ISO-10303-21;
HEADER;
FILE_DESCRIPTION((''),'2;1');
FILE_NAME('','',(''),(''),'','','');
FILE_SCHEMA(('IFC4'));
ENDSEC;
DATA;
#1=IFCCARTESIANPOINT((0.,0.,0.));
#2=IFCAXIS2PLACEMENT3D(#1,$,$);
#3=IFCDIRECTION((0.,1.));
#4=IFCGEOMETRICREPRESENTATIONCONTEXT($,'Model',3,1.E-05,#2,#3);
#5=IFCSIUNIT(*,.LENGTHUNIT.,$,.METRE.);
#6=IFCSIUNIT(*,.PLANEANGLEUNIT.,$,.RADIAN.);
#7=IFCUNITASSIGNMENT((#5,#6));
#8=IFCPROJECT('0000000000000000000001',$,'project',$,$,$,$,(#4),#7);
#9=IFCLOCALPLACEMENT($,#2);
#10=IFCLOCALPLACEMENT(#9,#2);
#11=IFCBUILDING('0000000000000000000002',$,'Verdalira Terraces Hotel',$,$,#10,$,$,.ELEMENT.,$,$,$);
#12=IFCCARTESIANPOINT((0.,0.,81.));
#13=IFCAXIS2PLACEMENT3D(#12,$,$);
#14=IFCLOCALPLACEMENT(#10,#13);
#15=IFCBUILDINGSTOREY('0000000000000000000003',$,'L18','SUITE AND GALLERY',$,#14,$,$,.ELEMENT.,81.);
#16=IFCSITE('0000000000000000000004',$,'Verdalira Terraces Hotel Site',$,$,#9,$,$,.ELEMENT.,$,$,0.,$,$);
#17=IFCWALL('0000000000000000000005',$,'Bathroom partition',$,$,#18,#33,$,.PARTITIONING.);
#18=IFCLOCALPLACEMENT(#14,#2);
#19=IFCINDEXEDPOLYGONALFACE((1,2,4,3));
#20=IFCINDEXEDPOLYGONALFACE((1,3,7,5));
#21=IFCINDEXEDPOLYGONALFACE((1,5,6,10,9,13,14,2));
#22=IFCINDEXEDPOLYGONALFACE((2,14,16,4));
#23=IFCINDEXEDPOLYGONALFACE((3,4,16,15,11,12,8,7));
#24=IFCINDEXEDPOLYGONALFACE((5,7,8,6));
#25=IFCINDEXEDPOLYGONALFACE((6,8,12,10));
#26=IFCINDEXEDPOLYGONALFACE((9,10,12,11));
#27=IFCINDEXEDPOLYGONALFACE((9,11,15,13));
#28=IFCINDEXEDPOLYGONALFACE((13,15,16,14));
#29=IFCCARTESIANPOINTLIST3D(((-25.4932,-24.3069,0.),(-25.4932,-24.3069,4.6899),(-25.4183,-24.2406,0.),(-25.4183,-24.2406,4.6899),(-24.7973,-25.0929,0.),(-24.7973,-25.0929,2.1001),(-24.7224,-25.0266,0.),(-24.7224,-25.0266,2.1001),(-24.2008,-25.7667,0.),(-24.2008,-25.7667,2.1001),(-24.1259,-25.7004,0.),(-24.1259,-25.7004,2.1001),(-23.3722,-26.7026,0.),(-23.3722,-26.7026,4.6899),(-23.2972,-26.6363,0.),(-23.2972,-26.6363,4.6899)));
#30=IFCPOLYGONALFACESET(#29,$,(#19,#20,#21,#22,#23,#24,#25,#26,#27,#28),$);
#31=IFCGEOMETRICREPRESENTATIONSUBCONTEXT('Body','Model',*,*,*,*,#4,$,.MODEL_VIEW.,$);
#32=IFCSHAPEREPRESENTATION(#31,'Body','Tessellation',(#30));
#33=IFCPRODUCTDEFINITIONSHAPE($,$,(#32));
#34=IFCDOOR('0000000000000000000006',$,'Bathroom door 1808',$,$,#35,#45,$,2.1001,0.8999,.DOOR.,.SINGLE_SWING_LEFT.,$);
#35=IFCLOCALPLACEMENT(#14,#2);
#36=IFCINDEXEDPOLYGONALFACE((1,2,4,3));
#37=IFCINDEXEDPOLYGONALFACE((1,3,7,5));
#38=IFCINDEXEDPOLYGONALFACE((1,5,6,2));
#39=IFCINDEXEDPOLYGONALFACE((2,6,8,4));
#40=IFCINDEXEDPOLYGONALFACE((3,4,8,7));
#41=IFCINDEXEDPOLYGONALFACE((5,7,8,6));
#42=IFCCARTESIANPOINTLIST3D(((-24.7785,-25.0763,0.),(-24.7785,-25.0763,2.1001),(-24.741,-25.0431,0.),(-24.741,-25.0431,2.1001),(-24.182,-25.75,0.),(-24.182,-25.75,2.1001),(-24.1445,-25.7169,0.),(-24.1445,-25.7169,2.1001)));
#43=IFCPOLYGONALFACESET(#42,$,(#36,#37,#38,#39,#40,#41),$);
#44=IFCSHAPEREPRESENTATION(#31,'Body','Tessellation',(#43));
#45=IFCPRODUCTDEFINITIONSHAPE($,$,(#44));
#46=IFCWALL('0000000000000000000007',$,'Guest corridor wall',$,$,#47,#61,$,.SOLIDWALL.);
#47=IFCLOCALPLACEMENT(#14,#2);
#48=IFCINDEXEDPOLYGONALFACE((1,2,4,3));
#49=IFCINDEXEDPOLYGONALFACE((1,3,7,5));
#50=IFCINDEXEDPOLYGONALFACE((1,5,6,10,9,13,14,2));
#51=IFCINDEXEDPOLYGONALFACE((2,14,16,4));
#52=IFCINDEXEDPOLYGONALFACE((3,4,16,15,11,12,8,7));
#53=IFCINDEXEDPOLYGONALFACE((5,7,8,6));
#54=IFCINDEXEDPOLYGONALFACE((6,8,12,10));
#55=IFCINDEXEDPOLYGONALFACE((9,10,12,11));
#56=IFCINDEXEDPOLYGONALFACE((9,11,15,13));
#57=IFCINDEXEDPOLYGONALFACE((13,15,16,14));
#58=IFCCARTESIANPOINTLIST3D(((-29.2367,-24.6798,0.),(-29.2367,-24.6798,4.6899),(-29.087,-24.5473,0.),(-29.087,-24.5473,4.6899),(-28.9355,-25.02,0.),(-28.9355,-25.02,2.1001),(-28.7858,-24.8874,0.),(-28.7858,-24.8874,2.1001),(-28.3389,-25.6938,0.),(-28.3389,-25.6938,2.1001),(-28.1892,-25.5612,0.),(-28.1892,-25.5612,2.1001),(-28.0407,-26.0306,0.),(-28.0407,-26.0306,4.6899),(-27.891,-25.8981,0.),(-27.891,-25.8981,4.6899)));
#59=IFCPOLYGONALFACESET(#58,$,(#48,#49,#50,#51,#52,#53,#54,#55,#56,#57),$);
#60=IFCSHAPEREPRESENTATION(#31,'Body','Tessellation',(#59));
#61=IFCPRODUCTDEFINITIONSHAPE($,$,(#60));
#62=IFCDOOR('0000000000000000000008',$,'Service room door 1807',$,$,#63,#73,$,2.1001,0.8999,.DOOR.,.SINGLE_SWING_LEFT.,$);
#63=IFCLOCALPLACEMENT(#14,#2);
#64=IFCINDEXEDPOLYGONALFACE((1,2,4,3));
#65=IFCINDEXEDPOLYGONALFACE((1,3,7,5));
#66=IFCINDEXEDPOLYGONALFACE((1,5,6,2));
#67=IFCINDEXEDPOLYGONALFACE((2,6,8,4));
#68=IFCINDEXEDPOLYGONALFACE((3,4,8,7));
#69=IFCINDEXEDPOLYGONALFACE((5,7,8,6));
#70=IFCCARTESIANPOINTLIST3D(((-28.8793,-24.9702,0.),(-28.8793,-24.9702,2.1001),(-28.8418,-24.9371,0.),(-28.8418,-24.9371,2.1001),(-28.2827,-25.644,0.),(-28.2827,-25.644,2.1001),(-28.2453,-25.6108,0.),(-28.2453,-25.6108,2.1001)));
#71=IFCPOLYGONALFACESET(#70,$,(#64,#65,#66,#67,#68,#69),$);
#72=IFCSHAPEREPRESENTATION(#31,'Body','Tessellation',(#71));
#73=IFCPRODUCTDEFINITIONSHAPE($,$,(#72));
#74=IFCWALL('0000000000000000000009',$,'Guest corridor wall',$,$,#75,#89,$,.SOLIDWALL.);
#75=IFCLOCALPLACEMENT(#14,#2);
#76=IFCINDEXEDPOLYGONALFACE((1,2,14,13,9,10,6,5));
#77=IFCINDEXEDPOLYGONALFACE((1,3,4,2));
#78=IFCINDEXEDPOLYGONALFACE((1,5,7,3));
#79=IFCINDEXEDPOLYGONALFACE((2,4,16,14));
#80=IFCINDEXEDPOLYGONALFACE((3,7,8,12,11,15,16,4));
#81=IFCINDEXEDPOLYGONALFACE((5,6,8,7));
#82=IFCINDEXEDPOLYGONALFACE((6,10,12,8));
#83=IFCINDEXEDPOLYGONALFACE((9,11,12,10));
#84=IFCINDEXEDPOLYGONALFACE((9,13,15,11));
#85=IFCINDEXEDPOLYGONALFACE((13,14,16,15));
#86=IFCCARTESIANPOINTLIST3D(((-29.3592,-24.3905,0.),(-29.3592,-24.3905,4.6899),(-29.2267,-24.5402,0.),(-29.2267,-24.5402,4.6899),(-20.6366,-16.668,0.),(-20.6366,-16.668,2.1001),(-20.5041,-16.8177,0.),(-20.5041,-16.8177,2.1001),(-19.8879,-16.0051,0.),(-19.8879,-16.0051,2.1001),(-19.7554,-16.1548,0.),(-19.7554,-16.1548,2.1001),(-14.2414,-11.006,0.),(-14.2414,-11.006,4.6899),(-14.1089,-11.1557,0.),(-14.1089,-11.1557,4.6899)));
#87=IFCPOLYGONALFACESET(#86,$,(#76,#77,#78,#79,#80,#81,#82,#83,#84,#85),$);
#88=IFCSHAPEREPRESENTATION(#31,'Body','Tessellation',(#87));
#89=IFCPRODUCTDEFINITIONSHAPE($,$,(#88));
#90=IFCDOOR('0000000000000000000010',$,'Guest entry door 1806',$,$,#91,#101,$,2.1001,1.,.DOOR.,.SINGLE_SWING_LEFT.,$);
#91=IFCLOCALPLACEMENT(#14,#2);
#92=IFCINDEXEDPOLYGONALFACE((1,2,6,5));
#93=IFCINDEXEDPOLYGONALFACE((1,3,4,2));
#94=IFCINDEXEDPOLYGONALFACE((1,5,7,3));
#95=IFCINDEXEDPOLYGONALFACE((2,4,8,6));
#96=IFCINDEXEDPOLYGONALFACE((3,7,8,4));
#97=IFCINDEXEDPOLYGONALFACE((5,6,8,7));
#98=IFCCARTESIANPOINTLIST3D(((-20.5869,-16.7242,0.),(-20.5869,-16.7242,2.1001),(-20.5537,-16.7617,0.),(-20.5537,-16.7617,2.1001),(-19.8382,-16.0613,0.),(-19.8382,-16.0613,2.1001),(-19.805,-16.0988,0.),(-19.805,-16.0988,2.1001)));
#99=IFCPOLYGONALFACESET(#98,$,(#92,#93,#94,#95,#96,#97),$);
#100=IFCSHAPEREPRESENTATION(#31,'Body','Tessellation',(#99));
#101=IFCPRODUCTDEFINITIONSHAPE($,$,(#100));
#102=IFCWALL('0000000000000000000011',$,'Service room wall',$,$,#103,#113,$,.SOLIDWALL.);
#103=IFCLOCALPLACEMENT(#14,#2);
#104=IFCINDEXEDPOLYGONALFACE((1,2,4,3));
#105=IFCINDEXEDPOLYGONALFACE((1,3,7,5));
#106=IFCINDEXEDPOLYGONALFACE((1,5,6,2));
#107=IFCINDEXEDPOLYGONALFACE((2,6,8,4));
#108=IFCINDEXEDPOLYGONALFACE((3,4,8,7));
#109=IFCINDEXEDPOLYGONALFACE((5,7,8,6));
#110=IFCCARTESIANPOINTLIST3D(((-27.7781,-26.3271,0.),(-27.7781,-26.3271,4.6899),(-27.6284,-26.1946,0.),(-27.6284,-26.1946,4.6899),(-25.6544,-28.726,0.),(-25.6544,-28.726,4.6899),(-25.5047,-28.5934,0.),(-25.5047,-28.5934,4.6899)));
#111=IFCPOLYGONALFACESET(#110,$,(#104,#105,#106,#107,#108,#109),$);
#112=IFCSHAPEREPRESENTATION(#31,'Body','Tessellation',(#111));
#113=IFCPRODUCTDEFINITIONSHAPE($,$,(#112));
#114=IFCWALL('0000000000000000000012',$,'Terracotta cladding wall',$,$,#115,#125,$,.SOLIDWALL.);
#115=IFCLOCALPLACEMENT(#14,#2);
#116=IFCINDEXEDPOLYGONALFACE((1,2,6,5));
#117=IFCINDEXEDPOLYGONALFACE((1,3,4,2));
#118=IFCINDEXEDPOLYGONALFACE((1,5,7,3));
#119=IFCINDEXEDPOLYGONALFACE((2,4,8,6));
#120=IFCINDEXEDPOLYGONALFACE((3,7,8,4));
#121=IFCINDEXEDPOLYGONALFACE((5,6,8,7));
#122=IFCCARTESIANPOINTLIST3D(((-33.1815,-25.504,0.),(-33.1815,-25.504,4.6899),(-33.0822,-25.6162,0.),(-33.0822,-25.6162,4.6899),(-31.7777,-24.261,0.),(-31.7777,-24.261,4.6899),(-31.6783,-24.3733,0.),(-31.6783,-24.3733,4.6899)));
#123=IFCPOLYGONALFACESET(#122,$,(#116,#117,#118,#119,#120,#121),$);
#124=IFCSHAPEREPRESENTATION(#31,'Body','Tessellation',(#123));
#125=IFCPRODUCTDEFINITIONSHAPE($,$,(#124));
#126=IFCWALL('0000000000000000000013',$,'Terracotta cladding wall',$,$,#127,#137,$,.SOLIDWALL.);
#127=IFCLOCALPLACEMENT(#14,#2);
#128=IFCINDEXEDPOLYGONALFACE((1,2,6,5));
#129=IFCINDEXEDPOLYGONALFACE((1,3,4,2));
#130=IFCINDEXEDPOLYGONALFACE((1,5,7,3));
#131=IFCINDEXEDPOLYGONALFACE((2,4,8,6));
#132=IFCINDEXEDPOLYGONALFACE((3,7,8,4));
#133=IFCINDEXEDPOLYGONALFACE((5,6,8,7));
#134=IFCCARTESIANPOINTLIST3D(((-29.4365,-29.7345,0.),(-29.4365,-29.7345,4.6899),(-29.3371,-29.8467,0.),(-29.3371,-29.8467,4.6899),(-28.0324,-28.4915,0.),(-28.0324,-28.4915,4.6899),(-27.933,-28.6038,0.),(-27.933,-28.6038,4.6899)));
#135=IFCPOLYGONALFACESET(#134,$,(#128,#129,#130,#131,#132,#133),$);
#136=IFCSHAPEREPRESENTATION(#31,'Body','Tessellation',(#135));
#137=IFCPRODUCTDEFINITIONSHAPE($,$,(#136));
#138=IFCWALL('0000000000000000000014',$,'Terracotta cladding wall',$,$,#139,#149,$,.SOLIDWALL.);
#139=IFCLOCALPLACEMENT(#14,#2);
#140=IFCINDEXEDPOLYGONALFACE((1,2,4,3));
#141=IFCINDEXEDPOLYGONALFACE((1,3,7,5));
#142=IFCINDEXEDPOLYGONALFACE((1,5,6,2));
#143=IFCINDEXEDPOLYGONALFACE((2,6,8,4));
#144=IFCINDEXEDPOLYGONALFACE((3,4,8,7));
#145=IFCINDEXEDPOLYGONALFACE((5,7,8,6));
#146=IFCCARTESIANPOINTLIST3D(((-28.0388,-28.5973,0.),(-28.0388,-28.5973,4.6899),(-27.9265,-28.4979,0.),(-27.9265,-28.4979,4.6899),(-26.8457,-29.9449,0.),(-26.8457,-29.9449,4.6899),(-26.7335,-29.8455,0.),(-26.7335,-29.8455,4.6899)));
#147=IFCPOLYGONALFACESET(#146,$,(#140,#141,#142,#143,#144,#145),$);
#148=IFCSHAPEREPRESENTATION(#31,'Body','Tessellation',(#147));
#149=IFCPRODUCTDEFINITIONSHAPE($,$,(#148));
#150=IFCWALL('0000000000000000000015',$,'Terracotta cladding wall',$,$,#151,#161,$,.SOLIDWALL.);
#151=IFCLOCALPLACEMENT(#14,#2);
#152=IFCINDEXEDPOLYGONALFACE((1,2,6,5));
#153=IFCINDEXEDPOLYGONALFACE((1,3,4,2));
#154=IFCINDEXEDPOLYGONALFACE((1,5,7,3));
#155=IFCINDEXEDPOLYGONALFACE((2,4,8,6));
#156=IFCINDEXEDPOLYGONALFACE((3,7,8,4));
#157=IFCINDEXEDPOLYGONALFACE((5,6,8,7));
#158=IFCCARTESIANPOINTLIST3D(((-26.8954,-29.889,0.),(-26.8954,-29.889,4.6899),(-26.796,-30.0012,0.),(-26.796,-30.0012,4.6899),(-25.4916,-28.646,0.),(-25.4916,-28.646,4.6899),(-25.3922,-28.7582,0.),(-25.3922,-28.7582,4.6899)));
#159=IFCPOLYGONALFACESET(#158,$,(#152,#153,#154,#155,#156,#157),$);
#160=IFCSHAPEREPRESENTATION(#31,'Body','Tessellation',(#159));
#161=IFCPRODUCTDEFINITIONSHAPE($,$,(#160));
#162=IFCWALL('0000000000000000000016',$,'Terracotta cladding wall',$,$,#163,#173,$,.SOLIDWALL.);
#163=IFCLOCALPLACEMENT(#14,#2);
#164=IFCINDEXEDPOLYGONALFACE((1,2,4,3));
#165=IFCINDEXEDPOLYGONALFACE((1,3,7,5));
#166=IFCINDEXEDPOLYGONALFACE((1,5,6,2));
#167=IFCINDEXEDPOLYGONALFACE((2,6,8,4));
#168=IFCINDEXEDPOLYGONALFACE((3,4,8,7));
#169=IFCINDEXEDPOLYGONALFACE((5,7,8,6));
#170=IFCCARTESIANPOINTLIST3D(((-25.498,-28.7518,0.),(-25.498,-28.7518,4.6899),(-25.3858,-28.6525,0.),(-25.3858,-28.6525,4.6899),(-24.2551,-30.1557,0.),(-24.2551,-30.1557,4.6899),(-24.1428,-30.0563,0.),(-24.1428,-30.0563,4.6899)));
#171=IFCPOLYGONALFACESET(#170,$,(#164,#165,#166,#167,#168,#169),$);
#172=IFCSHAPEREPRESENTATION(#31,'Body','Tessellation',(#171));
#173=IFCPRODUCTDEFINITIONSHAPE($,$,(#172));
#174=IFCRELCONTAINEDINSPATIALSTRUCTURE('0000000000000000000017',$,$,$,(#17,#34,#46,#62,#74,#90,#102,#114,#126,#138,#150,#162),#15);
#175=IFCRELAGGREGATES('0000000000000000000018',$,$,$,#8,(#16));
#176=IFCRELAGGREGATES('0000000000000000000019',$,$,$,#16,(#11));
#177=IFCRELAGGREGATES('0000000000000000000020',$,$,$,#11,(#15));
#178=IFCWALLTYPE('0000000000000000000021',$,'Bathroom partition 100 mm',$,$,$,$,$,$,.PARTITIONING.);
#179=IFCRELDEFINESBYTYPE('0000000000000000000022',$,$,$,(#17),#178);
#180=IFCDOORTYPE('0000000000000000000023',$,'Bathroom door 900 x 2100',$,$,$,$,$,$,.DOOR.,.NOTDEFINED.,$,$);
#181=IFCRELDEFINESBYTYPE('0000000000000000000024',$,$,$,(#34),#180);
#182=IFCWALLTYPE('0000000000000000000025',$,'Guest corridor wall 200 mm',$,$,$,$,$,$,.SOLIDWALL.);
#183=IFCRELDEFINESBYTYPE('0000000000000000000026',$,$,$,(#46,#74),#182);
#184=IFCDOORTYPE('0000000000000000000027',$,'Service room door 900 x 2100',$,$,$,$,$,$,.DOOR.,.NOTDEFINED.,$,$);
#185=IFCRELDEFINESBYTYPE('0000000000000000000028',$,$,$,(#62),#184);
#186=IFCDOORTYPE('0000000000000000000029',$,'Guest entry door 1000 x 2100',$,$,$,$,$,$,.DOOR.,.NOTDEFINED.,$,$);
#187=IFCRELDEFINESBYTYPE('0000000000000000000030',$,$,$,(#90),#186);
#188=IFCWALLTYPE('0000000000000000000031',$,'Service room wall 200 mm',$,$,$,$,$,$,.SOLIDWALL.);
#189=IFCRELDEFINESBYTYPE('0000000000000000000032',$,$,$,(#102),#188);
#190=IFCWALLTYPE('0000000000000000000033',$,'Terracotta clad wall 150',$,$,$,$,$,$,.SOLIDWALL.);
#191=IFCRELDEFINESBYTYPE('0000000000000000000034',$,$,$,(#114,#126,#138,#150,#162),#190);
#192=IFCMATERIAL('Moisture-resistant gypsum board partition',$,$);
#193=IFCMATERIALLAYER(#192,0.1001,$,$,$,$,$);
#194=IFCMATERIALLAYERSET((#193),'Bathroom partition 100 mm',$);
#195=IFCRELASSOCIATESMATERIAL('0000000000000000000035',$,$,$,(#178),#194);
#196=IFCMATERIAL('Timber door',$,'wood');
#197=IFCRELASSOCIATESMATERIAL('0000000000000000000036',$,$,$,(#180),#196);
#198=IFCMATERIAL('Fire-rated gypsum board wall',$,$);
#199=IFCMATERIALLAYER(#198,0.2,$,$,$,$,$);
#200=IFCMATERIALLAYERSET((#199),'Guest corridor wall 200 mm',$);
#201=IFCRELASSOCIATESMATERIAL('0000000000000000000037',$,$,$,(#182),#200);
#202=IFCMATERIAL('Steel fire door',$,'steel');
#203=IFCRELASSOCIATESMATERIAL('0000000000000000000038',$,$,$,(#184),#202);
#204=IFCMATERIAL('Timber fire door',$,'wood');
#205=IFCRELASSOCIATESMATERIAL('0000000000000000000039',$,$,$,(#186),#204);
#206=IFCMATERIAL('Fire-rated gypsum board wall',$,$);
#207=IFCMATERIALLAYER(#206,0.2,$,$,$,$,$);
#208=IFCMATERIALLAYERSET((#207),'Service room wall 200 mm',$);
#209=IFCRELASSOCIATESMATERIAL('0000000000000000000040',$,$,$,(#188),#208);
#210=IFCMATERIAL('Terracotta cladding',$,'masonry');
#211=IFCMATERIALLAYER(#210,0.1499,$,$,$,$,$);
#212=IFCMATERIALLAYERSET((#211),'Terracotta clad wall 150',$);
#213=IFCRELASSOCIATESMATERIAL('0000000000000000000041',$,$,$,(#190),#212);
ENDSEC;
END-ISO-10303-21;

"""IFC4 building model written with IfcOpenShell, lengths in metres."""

from ifc_helpers import new_model, si_unit, direction, frame, frame_2d, origin, place, context, subcontext, project, spatial, rectangle, extrude, material, layer, layer_set, type_object, element, fill, save


model = new_model("IFC4")

# Units and contexts
model_context = context("Model", 3, precision=1e-05, world=origin(), true_north=direction((0.0, 1.0)))
body_context = subcontext(model_context, "Body", "Model", "MODEL_VIEW")
ifc_project = project(units=[si_unit("LENGTHUNIT", "METRE"), si_unit("PLANEANGLEUNIT", "RADIAN")], contexts=[model_context])

# Site, building, storey
site_placement = place(None, origin())
site = spatial("IfcSite", under=ifc_project, at=site_placement, Name="Verdalira Terraces Hotel Site", CompositionType="ELEMENT", RefElevation=0.0)
building_placement = place(site_placement, origin())
building = spatial("IfcBuilding", under=site, at=building_placement, Name="Verdalira Terraces Hotel", CompositionType="ELEMENT")
storey_placement = place(building_placement, frame((0.0, 0.0, 81.0)))
storey = spatial("IfcBuildingStorey", under=building, at=storey_placement, Name="L18", Description="SUITE AND GALLERY", CompositionType="ELEMENT", Elevation=81.0)

# Shared definitions
ifc_material_1 = material(Name="Moisture-resistant gypsum board partition")
ifc_layer_1 = layer(ifc_material_1, 0.1001)
ifc_layer_set_1 = layer_set([ifc_layer_1], Name="Bathroom partition 100 mm")
wall_type_1 = type_object("IfcWallType", Name="Bathroom partition 100 mm", PredefinedType="PARTITIONING", material=ifc_layer_set_1)

# Walls, openings, doors
wall_1_placement = place(storey_placement, frame((-23.3347, -26.6694, 0.0), z_axis=(0.0, 0.0, 1.0), x_axis=(-0.662885, 0.748721, 0.0)))
wall_1 = element("IfcWall", 1, at=wall_1_placement, inside=storey, type_object=wall_type_1, Name="Bathroom partition", PredefinedType="PARTITIONING", context=body_context, shape_type="SweptSolid", body=[
    extrude(rectangle(XDim=3.1997, YDim=0.1001, at=frame_2d((1.5999, 0.0))), origin(), (0.0, 0.0, 1.0), 4.6899),
])
opening_1_placement = place(wall_1_placement, frame((1.25, 0.0, 0.0)))
opening_1 = element("IfcOpeningElement", 2, at=opening_1_placement, cuts=wall_1, PredefinedType="OPENING", context=body_context, shape_type="SweptSolid", body=[
    extrude(rectangle(XDim=0.8999, YDim=2.1001, at=frame_2d((0.45, 1.05))), frame((0.0, 0.0601, 0.0), z_axis=(0.0, -1.0, 0.0), x_axis=(1.0, 0.0, 0.0)), (0.0, 0.0, 1.0), 0.1201),
])
ifc_material_2 = material(Name="Timber door", Category="wood")
door_type_1 = type_object("IfcDoorType", Name="Bathroom door 900 x 2100", OperationType="NOTDEFINED", PredefinedType="DOOR", material=ifc_material_2)
door_1_placement = place(opening_1_placement, origin())
door_1 = element("IfcDoor", 3, at=door_1_placement, inside=storey, type_object=door_type_1, Name="Bathroom door 1808", OperationType="SINGLE_SWING_LEFT", OverallHeight=2.1001, OverallWidth=0.8999, PredefinedType="DOOR", context=body_context, shape_type="SweptSolid", body=[
    extrude(rectangle(XDim=0.8999, YDim=2.1001, at=frame_2d((0.45, 1.05))), frame((0.0, 0.0249, 0.0), z_axis=(0.0, -1.0, 0.0), x_axis=(1.0, 0.0, 0.0)), (0.0, 0.0, 1.0), 0.05),
])
fill(opening_1, door_1)
ifc_material_3 = material(Name="Fire-rated gypsum board wall")
ifc_layer_2 = layer(ifc_material_3, 0.2)
ifc_layer_set_2 = layer_set([ifc_layer_2], Name="Guest corridor wall 200 mm")
wall_type_2 = type_object("IfcWallType", Name="Guest corridor wall 200 mm", PredefinedType="SOLIDWALL", material=ifc_layer_set_2)
wall_2_placement = place(storey_placement, frame((-27.9658, -25.9644, 0.0), z_axis=(0.0, 0.0, 1.0), x_axis=(-0.66291, 0.748699, 0.0)))
wall_2 = element("IfcWall", 4, at=wall_2_placement, inside=storey, type_object=wall_type_2, Name="Guest corridor wall", PredefinedType="SOLIDWALL", context=body_context, shape_type="SweptSolid", body=[
    extrude(rectangle(XDim=1.8042, YDim=0.2, at=frame_2d((0.9021, 0.0))), origin(), (0.0, 0.0, 1.0), 4.6899),
])
opening_2_placement = place(wall_2_placement, frame((0.45, 0.0, 0.0)))
opening_2 = element("IfcOpeningElement", 5, at=opening_2_placement, cuts=wall_2, PredefinedType="OPENING", context=body_context, shape_type="SweptSolid", body=[
    extrude(rectangle(XDim=0.8999, YDim=2.1001, at=frame_2d((0.45, 1.05))), frame((0.0, 0.1099, 0.0), z_axis=(0.0, -1.0, 0.0), x_axis=(1.0, 0.0, 0.0)), (0.0, 0.0, 1.0), 0.22),
])
ifc_material_4 = material(Name="Steel fire door", Category="steel")
door_type_2 = type_object("IfcDoorType", Name="Service room door 900 x 2100", OperationType="NOTDEFINED", PredefinedType="DOOR", material=ifc_material_4)
door_2_placement = place(opening_2_placement, origin())
door_2 = element("IfcDoor", 6, at=door_2_placement, inside=storey, type_object=door_type_2, Name="Service room door 1807", OperationType="SINGLE_SWING_LEFT", OverallHeight=2.1001, OverallWidth=0.8999, PredefinedType="DOOR", context=body_context, shape_type="SweptSolid", body=[
    extrude(rectangle(XDim=0.8999, YDim=2.1001, at=frame_2d((0.45, 1.05))), frame((0.0, 0.0249, 0.0), z_axis=(0.0, -1.0, 0.0), x_axis=(1.0, 0.0, 0.0)), (0.0, 0.0, 1.0), 0.05),
])
fill(opening_2, door_2)
wall_3_placement = place(storey_placement, frame((-29.293, -24.4653, 0.0), z_axis=(0.0, 0.0, 1.0), x_axis=(0.748727, 0.662879, 0.0)))
wall_3 = element("IfcWall", 7, at=wall_3_placement, inside=storey, type_object=wall_type_2, Name="Guest corridor wall", PredefinedType="SOLIDWALL", context=body_context, shape_type="SweptSolid", body=[
    extrude(rectangle(XDim=20.1914, YDim=0.2, at=frame_2d((10.0957, 0.0))), origin(), (0.0, 0.0, 1.0), 4.6899),
])
opening_3_placement = place(wall_3_placement, frame((11.6499, 0.0, 0.0)))
opening_3 = element("IfcOpeningElement", 8, at=opening_3_placement, cuts=wall_3, PredefinedType="OPENING", context=body_context, shape_type="SweptSolid", body=[
    extrude(rectangle(XDim=1.0, YDim=2.1001, at=frame_2d((0.5, 1.05))), frame((0.0, 0.1099, 0.0), z_axis=(0.0, -1.0, 0.0), x_axis=(1.0, 0.0, 0.0)), (0.0, 0.0, 1.0), 0.22),
])
ifc_material_5 = material(Name="Timber fire door", Category="wood")
door_type_3 = type_object("IfcDoorType", Name="Guest entry door 1000 x 2100", OperationType="NOTDEFINED", PredefinedType="DOOR", material=ifc_material_5)
door_3_placement = place(opening_3_placement, origin())
door_3 = element("IfcDoor", 9, at=door_3_placement, inside=storey, type_object=door_type_3, Name="Guest entry door 1806", OperationType="SINGLE_SWING_LEFT", OverallHeight=2.1001, OverallWidth=1.0, PredefinedType="DOOR", context=body_context, shape_type="SweptSolid", body=[
    extrude(rectangle(XDim=1.0, YDim=2.1001, at=frame_2d((0.5, 1.05))), frame((0.0, 0.0249, 0.0), z_axis=(0.0, -1.0, 0.0), x_axis=(1.0, 0.0, 0.0)), (0.0, 0.0, 1.0), 0.05),
])
fill(opening_3, door_3)

# Walls
ifc_material_6 = material(Name="Fire-rated gypsum board wall")
ifc_layer_3 = layer(ifc_material_6, 0.2)
ifc_layer_set_3 = layer_set([ifc_layer_3], Name="Service room wall 200 mm")
wall_type_3 = type_object("IfcWallType", Name="Service room wall 200 mm", PredefinedType="SOLIDWALL", material=ifc_layer_set_3)
wall_4_placement = place(storey_placement, frame((-27.7034, -26.2607, 0.0), z_axis=(0.0, 0.0, 1.0), x_axis=(0.662863, -0.748741, 0.0)))
element("IfcWall", 10, at=wall_4_placement, inside=storey, type_object=wall_type_3, Name="Service room wall", PredefinedType="SOLIDWALL", context=body_context, shape_type="SweptSolid", body=[
    extrude(rectangle(XDim=3.2039, YDim=0.2, at=frame_2d((1.6021, 0.0))), origin(), (0.0, 0.0, 1.0), 4.6899),
])
ifc_material_7 = material(Name="Terracotta cladding", Category="masonry")
ifc_layer_4 = layer(ifc_material_7, 0.1499)
ifc_layer_set_4 = layer_set([ifc_layer_4], Name="Terracotta clad wall 150")
wall_type_4 = type_object("IfcWallType", Name="Terracotta clad wall 150", PredefinedType="SOLIDWALL", material=ifc_layer_set_4)
wall_5_placement = place(storey_placement, frame((-31.728, -24.3171, 0.0), z_axis=(0.0, 0.0, 1.0), x_axis=(-0.748708, -0.6629, 0.0)))
element("IfcWall", 11, at=wall_5_placement, inside=storey, type_object=wall_type_4, Name="Terracotta cladding wall", PredefinedType="SOLIDWALL", context=body_context, shape_type="SweptSolid", body=[
    extrude(rectangle(XDim=1.875, YDim=0.1499, at=frame_2d((0.9375, 0.0))), origin(), (0.0, 0.0, 1.0), 4.6899),
])
wall_6_placement = place(storey_placement, frame((-29.3867, -29.7905, 0.0), z_axis=(0.0, 0.0, 1.0), x_axis=(0.748765, 0.662835, 0.0)))
element("IfcWall", 12, at=wall_6_placement, inside=storey, type_object=wall_type_4, Name="Terracotta cladding wall", PredefinedType="SOLIDWALL", context=body_context, shape_type="SweptSolid", body=[
    extrude(rectangle(XDim=1.8752, YDim=0.1499, at=frame_2d((0.9375, 0.0))), origin(), (0.0, 0.0, 1.0), 4.6899),
])
wall_7_placement = place(storey_placement, frame((-27.9827, -28.5476, 0.0), z_axis=(0.0, 0.0, 1.0), x_axis=(0.662872, -0.748732, 0.0)))
element("IfcWall", 13, at=wall_7_placement, inside=storey, type_object=wall_type_4, Name="Terracotta cladding wall", PredefinedType="SOLIDWALL", context=body_context, shape_type="SweptSolid", body=[
    extrude(rectangle(XDim=1.7998, YDim=0.1499, at=frame_2d((0.8999, 0.0))), origin(), (0.0, 0.0, 1.0), 4.6899),
])
for number, where, z_axis, x_axis, name in (
    (14, (-26.8457, -29.9451, 0.0), (0.0, 0.0, 1.0), (0.748708, 0.6629, 0.0), "Terracotta cladding wall"),
    (15, (-25.4419, -28.7021, 0.0), (0.0, 0.0, 1.0), (0.6629, -0.748708, 0.0), "Terracotta cladding wall"),
):
    element("IfcWall", number, at=place(storey_placement, frame(where, z_axis=z_axis, x_axis=x_axis)), inside=storey, type_object=wall_type_4, Name=name, PredefinedType="SOLIDWALL", context=body_context, shape_type="SweptSolid", body=[
        extrude(rectangle(XDim=1.875, YDim=0.1499, at=frame_2d((0.9375, 0.0))), origin(), (0.0, 0.0, 1.0), 4.6899),
    ])

save(model, "model.ifc")
